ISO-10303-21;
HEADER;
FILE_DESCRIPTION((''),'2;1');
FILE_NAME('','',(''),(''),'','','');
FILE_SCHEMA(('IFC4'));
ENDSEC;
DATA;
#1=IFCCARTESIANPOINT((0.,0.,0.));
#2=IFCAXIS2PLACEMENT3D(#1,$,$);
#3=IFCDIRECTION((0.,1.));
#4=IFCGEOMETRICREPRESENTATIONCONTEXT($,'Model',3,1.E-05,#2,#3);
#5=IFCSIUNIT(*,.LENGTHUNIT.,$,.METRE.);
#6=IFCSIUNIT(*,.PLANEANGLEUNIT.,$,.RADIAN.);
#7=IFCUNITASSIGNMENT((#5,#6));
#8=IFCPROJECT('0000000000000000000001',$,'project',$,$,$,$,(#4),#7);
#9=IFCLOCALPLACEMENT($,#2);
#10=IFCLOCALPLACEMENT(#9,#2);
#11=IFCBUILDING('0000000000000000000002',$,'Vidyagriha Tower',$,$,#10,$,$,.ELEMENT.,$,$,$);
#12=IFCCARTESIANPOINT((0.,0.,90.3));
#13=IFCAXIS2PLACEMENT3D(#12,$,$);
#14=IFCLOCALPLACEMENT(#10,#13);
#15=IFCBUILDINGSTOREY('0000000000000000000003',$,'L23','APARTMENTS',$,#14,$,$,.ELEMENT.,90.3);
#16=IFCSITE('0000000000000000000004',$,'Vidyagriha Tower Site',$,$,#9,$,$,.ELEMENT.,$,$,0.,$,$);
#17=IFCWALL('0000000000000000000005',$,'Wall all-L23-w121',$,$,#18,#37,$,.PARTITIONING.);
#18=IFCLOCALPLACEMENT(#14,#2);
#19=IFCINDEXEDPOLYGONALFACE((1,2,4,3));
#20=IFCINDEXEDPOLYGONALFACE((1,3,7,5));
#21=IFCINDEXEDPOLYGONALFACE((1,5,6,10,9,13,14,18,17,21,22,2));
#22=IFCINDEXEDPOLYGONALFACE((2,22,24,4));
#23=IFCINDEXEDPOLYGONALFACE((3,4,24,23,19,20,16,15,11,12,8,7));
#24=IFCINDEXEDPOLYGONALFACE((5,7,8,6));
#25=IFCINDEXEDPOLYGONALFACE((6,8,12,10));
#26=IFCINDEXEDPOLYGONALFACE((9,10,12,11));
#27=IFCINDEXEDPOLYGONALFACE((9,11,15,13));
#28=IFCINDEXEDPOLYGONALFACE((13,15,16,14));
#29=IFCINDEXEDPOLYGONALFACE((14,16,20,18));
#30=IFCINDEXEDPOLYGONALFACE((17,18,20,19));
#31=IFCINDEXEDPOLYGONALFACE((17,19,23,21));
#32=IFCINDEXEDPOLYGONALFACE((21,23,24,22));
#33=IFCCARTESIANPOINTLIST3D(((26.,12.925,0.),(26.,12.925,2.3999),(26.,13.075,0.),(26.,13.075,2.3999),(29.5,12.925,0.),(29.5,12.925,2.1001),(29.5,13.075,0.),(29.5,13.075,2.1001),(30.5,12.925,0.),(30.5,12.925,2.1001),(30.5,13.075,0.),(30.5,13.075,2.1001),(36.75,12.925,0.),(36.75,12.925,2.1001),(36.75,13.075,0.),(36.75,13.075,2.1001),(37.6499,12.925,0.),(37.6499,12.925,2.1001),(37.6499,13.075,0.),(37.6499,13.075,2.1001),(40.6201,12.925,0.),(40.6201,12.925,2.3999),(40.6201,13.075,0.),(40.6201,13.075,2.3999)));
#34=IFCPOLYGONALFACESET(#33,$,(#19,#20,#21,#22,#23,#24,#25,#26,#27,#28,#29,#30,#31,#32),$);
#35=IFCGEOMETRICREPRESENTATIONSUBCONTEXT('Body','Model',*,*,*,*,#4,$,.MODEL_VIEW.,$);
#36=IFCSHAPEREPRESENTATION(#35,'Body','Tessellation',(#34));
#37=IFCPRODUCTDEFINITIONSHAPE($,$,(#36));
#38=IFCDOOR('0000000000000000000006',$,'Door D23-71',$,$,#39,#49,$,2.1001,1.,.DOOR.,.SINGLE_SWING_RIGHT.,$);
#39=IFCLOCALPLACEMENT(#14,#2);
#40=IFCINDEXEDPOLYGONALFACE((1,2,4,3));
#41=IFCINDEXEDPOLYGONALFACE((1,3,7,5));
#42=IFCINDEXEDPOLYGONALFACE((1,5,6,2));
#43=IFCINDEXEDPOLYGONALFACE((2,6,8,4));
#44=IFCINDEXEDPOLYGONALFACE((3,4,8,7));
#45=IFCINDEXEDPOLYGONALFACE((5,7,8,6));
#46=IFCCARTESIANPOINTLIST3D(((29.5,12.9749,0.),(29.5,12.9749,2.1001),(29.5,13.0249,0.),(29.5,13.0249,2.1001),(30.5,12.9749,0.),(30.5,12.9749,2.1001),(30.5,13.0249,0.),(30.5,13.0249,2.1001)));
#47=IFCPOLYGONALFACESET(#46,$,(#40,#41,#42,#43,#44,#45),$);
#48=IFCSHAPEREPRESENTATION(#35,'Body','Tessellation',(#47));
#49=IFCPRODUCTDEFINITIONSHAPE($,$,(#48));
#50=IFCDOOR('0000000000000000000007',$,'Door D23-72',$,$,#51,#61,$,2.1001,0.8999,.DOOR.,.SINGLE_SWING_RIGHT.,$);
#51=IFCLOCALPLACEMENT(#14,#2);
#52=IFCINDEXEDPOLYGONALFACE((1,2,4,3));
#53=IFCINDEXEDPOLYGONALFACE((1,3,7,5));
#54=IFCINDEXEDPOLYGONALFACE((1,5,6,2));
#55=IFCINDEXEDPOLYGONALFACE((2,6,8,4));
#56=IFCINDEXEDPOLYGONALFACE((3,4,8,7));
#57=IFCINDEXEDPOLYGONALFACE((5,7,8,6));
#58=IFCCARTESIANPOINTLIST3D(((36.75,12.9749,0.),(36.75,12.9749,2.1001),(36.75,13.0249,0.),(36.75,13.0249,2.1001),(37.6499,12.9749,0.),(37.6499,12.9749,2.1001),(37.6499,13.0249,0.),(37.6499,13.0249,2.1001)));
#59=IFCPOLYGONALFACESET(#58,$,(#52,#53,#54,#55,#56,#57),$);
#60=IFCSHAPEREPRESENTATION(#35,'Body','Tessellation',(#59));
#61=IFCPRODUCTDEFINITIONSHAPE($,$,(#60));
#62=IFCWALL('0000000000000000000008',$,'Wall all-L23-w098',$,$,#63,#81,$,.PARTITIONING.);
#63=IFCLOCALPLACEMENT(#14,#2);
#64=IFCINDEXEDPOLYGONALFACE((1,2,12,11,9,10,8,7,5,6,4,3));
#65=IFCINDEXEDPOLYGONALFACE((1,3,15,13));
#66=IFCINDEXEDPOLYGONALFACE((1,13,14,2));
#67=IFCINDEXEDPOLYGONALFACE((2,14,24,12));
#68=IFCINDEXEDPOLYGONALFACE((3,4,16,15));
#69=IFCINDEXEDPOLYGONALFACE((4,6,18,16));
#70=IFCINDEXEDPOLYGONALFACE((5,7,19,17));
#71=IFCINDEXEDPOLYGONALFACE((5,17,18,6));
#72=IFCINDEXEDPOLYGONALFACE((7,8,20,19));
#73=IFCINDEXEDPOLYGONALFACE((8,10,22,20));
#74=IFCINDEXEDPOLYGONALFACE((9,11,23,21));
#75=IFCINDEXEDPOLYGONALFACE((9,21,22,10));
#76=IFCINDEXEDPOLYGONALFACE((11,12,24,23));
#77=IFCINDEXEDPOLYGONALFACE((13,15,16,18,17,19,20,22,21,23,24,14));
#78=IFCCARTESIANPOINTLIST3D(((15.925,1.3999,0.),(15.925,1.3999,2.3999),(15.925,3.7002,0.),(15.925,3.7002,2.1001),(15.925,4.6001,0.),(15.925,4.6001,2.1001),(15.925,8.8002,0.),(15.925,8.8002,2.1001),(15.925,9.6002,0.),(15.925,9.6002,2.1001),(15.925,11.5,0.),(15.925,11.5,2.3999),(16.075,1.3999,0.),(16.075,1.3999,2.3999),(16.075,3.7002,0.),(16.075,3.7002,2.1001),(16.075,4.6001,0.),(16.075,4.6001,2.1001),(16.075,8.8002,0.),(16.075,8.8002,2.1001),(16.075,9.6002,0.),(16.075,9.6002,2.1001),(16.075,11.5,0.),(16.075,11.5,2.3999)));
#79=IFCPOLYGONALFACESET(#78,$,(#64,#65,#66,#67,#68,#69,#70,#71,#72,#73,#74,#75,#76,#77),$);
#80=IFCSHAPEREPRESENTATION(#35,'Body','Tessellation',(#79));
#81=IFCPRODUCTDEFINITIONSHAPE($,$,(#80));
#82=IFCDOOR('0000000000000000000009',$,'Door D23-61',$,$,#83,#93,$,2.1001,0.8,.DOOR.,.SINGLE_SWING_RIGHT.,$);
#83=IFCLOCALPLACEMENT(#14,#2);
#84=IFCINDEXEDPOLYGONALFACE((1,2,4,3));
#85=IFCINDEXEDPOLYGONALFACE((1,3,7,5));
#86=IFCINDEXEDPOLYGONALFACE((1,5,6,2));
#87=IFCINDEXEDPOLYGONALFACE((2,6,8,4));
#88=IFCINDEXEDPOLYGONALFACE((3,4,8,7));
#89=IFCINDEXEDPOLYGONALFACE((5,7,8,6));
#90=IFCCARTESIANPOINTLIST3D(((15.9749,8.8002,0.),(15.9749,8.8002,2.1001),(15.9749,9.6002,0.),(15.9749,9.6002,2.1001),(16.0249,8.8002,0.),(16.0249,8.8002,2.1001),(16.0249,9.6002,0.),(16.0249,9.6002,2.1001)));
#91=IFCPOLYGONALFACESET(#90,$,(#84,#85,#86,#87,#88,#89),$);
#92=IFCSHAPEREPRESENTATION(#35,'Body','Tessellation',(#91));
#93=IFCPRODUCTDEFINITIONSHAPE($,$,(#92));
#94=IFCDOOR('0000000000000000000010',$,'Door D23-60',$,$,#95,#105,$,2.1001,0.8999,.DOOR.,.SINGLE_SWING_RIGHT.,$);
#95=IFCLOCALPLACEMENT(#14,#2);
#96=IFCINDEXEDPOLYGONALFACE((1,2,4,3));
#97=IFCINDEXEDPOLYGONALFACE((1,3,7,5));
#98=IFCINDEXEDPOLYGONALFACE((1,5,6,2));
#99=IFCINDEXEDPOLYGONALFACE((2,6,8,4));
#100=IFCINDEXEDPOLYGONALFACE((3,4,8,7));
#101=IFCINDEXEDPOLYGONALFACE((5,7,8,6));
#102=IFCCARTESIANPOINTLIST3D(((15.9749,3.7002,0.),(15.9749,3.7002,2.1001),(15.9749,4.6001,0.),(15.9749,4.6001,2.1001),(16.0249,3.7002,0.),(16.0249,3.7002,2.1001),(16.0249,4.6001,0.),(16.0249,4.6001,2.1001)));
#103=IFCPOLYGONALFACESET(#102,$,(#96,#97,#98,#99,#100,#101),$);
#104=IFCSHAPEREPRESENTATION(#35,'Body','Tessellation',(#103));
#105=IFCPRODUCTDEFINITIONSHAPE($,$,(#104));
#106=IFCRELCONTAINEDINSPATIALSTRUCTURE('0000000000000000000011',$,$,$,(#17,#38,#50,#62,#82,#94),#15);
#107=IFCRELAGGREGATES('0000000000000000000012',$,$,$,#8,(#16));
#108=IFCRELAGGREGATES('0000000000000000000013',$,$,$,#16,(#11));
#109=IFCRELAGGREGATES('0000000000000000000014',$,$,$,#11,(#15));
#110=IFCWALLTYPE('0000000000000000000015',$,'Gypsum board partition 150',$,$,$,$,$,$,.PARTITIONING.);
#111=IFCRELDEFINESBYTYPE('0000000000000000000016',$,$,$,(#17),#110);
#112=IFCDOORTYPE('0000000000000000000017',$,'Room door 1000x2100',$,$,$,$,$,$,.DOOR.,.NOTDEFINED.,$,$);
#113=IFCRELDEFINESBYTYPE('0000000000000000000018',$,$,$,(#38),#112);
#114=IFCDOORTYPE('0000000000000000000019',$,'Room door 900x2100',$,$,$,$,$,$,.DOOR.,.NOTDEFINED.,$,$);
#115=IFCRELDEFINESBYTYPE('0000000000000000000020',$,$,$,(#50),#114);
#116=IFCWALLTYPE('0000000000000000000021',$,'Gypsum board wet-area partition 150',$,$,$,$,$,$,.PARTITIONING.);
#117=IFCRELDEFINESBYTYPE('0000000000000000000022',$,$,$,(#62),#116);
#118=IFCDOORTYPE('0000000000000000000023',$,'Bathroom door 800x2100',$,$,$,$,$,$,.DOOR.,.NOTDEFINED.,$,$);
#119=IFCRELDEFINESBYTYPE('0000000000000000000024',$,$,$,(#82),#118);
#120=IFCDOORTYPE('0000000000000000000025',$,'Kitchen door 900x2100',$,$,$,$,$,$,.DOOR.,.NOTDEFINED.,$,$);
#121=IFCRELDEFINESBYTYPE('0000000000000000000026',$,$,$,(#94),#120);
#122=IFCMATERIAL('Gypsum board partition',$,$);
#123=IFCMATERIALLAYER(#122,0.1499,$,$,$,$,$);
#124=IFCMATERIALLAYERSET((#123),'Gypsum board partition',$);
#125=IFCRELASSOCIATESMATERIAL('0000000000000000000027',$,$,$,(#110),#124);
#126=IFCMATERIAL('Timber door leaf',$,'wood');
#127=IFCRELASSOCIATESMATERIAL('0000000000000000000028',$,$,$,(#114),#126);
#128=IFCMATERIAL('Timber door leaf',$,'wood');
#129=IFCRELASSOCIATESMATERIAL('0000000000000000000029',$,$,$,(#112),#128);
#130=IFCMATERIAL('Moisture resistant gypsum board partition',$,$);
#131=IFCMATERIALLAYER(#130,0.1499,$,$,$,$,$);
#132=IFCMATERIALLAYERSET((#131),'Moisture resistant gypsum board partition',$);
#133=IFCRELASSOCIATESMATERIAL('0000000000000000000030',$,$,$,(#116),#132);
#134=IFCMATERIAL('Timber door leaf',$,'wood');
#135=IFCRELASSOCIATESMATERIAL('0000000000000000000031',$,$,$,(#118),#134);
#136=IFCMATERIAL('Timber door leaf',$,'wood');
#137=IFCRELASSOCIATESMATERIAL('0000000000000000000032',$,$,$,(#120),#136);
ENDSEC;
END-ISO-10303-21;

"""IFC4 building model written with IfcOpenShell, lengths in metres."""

from ifc_helpers import new_model, si_unit, direction, frame, frame_2d, origin, place, context, subcontext, project, spatial, rectangle, extrude, material, layer, layer_set, type_object, element, fill, save


model = new_model("IFC4")

# Units and contexts
model_context = context("Model", 3, precision=1e-05, world=origin(), true_north=direction((0.0, 1.0)))
body_context = subcontext(model_context, "Body", "Model", "MODEL_VIEW")
ifc_project = project(units=[si_unit("LENGTHUNIT", "METRE"), si_unit("PLANEANGLEUNIT", "RADIAN")], contexts=[model_context])

# Site, building, storey
site_placement = place(None, origin())
site = spatial("IfcSite", under=ifc_project, at=site_placement, Name="Vidyagriha Tower Site", CompositionType="ELEMENT", RefElevation=0.0)
building_placement = place(site_placement, origin())
building = spatial("IfcBuilding", under=site, at=building_placement, Name="Vidyagriha Tower", CompositionType="ELEMENT")
storey_placement = place(building_placement, frame((0.0, 0.0, 90.3)))
storey = spatial("IfcBuildingStorey", under=building, at=storey_placement, Name="L23", Description="APARTMENTS", CompositionType="ELEMENT", Elevation=90.3)

# Shared definitions
ifc_material_1 = material(Name="Gypsum board partition")
ifc_layer_1 = layer(ifc_material_1, 0.1499)
ifc_layer_set_1 = layer_set([ifc_layer_1], Name="Gypsum board partition")
wall_type_1 = type_object("IfcWallType", Name="Gypsum board partition 150", PredefinedType="PARTITIONING", material=ifc_layer_set_1)

# Shared definitions
ifc_material_2 = material(Name="Timber door leaf", Category="wood")
door_type_1 = type_object("IfcDoorType", Name="Room door 900x2100", OperationType="NOTDEFINED", PredefinedType="DOOR", material=ifc_material_2)

# Walls, openings, doors
wall_1_placement = place(storey_placement, frame((26.0, 13.0, 0.0)))
wall_1 = element("IfcWall", 1, at=wall_1_placement, inside=storey, type_object=wall_type_1, Name="Wall all-L23-w121", PredefinedType="PARTITIONING", context=body_context, shape_type="SweptSolid", body=[
    extrude(rectangle(XDim=14.6201, YDim=0.1499, at=frame_2d((7.3101, 0.0))), origin(), (0.0, 0.0, 1.0), 2.3999),
])
opening_1_placement = place(wall_1_placement, frame((3.5, 0.0, 0.0)))
opening_1 = element("IfcOpeningElement", 2, at=opening_1_placement, cuts=wall_1, PredefinedType="OPENING", context=body_context, shape_type="SweptSolid", body=[
    extrude(rectangle(XDim=1.0, YDim=2.1001, at=frame_2d((0.5, 1.05))), frame((0.0, 0.085, 0.0), z_axis=(0.0, -1.0, 0.0), x_axis=(1.0, 0.0, 0.0)), (0.0, 0.0, 1.0), 0.1699),
])
opening_2_placement = place(wall_1_placement, frame((10.75, 0.0, 0.0)))
opening_2 = element("IfcOpeningElement", 3, at=opening_2_placement, cuts=wall_1, PredefinedType="OPENING", context=body_context, shape_type="SweptSolid", body=[
    extrude(rectangle(XDim=0.8999, YDim=2.1001, at=frame_2d((0.45, 1.05))), frame((0.0, 0.085, 0.0), z_axis=(0.0, -1.0, 0.0), x_axis=(1.0, 0.0, 0.0)), (0.0, 0.0, 1.0), 0.1699),
])
ifc_material_3 = material(Name="Timber door leaf", Category="wood")
door_type_2 = type_object("IfcDoorType", Name="Room door 1000x2100", OperationType="NOTDEFINED", PredefinedType="DOOR", material=ifc_material_3)
door_1_placement = place(opening_1_placement, origin())
door_1 = element("IfcDoor", 4, at=door_1_placement, inside=storey, type_object=door_type_2, Name="Door D23-71", OperationType="SINGLE_SWING_RIGHT", OverallHeight=2.1001, OverallWidth=1.0, PredefinedType="DOOR", context=body_context, shape_type="SweptSolid", body=[
    extrude(rectangle(XDim=1.0, YDim=2.1001, at=frame_2d((0.5, 1.05))), frame((0.0, 0.0249, 0.0), z_axis=(0.0, -1.0, 0.0), x_axis=(1.0, 0.0, 0.0)), (0.0, 0.0, 1.0), 0.05),
])
fill(opening_1, door_1)
door_2_placement = place(opening_2_placement, origin())
door_2 = element("IfcDoor", 5, at=door_2_placement, inside=storey, type_object=door_type_1, Name="Door D23-72", OperationType="SINGLE_SWING_RIGHT", OverallHeight=2.1001, OverallWidth=0.8999, PredefinedType="DOOR", context=body_context, shape_type="SweptSolid", body=[
    extrude(rectangle(XDim=0.8999, YDim=2.1001, at=frame_2d((0.45, 1.05))), frame((0.0, 0.0249, 0.0), z_axis=(0.0, -1.0, 0.0), x_axis=(1.0, 0.0, 0.0)), (0.0, 0.0, 1.0), 0.05),
])
fill(opening_2, door_2)
ifc_material_4 = material(Name="Moisture resistant gypsum board partition")
ifc_layer_2 = layer(ifc_material_4, 0.1499)
ifc_layer_set_2 = layer_set([ifc_layer_2], Name="Moisture resistant gypsum board partition")
wall_type_2 = type_object("IfcWallType", Name="Gypsum board wet-area partition 150", PredefinedType="PARTITIONING", material=ifc_layer_set_2)
wall_2_placement = place(storey_placement, frame((16.0, 11.5, 0.0), z_axis=(0.0, 0.0, 1.0), x_axis=(0.0, -1.0, 0.0)))
wall_2 = element("IfcWall", 6, at=wall_2_placement, inside=storey, type_object=wall_type_2, Name="Wall all-L23-w098", PredefinedType="PARTITIONING", context=body_context, shape_type="SweptSolid", body=[
    extrude(rectangle(XDim=10.1001, YDim=0.1499, at=frame_2d((5.05, 0.0))), origin(), (0.0, 0.0, 1.0), 2.3999),
])
opening_3_placement = place(wall_2_placement, frame((6.8999, 0.0, 0.0)))
opening_3 = element("IfcOpeningElement", 7, at=opening_3_placement, cuts=wall_2, PredefinedType="OPENING", context=body_context, shape_type="SweptSolid", body=[
    extrude(rectangle(XDim=0.8999, YDim=2.1001, at=frame_2d((0.45, 1.05))), frame((0.0, 0.085, 0.0), z_axis=(0.0, -1.0, 0.0), x_axis=(1.0, 0.0, 0.0)), (0.0, 0.0, 1.0), 0.1699),
])
opening_4_placement = place(wall_2_placement, frame((1.8999, 0.0, 0.0)))
opening_4 = element("IfcOpeningElement", 8, at=opening_4_placement, cuts=wall_2, PredefinedType="OPENING", context=body_context, shape_type="SweptSolid", body=[
    extrude(rectangle(XDim=0.8, YDim=2.1001, at=frame_2d((0.3999, 1.05))), frame((0.0, 0.085, 0.0), z_axis=(0.0, -1.0, 0.0), x_axis=(1.0, 0.0, 0.0)), (0.0, 0.0, 1.0), 0.1699),
])
ifc_material_5 = material(Name="Timber door leaf", Category="wood")
door_type_3 = type_object("IfcDoorType", Name="Bathroom door 800x2100", OperationType="NOTDEFINED", PredefinedType="DOOR", material=ifc_material_5)
door_3_placement = place(opening_4_placement, origin())
door_3 = element("IfcDoor", 9, at=door_3_placement, inside=storey, type_object=door_type_3, Name="Door D23-61", OperationType="SINGLE_SWING_RIGHT", OverallHeight=2.1001, OverallWidth=0.8, PredefinedType="DOOR", context=body_context, shape_type="SweptSolid", body=[
    extrude(rectangle(XDim=0.8, YDim=2.1001, at=frame_2d((0.3999, 1.05))), frame((0.0, 0.0249, 0.0), z_axis=(0.0, -1.0, 0.0), x_axis=(1.0, 0.0, 0.0)), (0.0, 0.0, 1.0), 0.05),
])
fill(opening_4, door_3)
ifc_material_6 = material(Name="Timber door leaf", Category="wood")
door_type_4 = type_object("IfcDoorType", Name="Kitchen door 900x2100", OperationType="NOTDEFINED", PredefinedType="DOOR", material=ifc_material_6)
door_4_placement = place(opening_3_placement, origin())
door_4 = element("IfcDoor", 10, at=door_4_placement, inside=storey, type_object=door_type_4, Name="Door D23-60", OperationType="SINGLE_SWING_RIGHT", OverallHeight=2.1001, OverallWidth=0.8999, PredefinedType="DOOR", context=body_context, shape_type="SweptSolid", body=[
    extrude(rectangle(XDim=0.8999, YDim=2.1001, at=frame_2d((0.45, 1.05))), frame((0.0, 0.0249, 0.0), z_axis=(0.0, -1.0, 0.0), x_axis=(1.0, 0.0, 0.0)), (0.0, 0.0, 1.0), 0.05),
])
fill(opening_3, door_4)

save(model, "model.ifc")
